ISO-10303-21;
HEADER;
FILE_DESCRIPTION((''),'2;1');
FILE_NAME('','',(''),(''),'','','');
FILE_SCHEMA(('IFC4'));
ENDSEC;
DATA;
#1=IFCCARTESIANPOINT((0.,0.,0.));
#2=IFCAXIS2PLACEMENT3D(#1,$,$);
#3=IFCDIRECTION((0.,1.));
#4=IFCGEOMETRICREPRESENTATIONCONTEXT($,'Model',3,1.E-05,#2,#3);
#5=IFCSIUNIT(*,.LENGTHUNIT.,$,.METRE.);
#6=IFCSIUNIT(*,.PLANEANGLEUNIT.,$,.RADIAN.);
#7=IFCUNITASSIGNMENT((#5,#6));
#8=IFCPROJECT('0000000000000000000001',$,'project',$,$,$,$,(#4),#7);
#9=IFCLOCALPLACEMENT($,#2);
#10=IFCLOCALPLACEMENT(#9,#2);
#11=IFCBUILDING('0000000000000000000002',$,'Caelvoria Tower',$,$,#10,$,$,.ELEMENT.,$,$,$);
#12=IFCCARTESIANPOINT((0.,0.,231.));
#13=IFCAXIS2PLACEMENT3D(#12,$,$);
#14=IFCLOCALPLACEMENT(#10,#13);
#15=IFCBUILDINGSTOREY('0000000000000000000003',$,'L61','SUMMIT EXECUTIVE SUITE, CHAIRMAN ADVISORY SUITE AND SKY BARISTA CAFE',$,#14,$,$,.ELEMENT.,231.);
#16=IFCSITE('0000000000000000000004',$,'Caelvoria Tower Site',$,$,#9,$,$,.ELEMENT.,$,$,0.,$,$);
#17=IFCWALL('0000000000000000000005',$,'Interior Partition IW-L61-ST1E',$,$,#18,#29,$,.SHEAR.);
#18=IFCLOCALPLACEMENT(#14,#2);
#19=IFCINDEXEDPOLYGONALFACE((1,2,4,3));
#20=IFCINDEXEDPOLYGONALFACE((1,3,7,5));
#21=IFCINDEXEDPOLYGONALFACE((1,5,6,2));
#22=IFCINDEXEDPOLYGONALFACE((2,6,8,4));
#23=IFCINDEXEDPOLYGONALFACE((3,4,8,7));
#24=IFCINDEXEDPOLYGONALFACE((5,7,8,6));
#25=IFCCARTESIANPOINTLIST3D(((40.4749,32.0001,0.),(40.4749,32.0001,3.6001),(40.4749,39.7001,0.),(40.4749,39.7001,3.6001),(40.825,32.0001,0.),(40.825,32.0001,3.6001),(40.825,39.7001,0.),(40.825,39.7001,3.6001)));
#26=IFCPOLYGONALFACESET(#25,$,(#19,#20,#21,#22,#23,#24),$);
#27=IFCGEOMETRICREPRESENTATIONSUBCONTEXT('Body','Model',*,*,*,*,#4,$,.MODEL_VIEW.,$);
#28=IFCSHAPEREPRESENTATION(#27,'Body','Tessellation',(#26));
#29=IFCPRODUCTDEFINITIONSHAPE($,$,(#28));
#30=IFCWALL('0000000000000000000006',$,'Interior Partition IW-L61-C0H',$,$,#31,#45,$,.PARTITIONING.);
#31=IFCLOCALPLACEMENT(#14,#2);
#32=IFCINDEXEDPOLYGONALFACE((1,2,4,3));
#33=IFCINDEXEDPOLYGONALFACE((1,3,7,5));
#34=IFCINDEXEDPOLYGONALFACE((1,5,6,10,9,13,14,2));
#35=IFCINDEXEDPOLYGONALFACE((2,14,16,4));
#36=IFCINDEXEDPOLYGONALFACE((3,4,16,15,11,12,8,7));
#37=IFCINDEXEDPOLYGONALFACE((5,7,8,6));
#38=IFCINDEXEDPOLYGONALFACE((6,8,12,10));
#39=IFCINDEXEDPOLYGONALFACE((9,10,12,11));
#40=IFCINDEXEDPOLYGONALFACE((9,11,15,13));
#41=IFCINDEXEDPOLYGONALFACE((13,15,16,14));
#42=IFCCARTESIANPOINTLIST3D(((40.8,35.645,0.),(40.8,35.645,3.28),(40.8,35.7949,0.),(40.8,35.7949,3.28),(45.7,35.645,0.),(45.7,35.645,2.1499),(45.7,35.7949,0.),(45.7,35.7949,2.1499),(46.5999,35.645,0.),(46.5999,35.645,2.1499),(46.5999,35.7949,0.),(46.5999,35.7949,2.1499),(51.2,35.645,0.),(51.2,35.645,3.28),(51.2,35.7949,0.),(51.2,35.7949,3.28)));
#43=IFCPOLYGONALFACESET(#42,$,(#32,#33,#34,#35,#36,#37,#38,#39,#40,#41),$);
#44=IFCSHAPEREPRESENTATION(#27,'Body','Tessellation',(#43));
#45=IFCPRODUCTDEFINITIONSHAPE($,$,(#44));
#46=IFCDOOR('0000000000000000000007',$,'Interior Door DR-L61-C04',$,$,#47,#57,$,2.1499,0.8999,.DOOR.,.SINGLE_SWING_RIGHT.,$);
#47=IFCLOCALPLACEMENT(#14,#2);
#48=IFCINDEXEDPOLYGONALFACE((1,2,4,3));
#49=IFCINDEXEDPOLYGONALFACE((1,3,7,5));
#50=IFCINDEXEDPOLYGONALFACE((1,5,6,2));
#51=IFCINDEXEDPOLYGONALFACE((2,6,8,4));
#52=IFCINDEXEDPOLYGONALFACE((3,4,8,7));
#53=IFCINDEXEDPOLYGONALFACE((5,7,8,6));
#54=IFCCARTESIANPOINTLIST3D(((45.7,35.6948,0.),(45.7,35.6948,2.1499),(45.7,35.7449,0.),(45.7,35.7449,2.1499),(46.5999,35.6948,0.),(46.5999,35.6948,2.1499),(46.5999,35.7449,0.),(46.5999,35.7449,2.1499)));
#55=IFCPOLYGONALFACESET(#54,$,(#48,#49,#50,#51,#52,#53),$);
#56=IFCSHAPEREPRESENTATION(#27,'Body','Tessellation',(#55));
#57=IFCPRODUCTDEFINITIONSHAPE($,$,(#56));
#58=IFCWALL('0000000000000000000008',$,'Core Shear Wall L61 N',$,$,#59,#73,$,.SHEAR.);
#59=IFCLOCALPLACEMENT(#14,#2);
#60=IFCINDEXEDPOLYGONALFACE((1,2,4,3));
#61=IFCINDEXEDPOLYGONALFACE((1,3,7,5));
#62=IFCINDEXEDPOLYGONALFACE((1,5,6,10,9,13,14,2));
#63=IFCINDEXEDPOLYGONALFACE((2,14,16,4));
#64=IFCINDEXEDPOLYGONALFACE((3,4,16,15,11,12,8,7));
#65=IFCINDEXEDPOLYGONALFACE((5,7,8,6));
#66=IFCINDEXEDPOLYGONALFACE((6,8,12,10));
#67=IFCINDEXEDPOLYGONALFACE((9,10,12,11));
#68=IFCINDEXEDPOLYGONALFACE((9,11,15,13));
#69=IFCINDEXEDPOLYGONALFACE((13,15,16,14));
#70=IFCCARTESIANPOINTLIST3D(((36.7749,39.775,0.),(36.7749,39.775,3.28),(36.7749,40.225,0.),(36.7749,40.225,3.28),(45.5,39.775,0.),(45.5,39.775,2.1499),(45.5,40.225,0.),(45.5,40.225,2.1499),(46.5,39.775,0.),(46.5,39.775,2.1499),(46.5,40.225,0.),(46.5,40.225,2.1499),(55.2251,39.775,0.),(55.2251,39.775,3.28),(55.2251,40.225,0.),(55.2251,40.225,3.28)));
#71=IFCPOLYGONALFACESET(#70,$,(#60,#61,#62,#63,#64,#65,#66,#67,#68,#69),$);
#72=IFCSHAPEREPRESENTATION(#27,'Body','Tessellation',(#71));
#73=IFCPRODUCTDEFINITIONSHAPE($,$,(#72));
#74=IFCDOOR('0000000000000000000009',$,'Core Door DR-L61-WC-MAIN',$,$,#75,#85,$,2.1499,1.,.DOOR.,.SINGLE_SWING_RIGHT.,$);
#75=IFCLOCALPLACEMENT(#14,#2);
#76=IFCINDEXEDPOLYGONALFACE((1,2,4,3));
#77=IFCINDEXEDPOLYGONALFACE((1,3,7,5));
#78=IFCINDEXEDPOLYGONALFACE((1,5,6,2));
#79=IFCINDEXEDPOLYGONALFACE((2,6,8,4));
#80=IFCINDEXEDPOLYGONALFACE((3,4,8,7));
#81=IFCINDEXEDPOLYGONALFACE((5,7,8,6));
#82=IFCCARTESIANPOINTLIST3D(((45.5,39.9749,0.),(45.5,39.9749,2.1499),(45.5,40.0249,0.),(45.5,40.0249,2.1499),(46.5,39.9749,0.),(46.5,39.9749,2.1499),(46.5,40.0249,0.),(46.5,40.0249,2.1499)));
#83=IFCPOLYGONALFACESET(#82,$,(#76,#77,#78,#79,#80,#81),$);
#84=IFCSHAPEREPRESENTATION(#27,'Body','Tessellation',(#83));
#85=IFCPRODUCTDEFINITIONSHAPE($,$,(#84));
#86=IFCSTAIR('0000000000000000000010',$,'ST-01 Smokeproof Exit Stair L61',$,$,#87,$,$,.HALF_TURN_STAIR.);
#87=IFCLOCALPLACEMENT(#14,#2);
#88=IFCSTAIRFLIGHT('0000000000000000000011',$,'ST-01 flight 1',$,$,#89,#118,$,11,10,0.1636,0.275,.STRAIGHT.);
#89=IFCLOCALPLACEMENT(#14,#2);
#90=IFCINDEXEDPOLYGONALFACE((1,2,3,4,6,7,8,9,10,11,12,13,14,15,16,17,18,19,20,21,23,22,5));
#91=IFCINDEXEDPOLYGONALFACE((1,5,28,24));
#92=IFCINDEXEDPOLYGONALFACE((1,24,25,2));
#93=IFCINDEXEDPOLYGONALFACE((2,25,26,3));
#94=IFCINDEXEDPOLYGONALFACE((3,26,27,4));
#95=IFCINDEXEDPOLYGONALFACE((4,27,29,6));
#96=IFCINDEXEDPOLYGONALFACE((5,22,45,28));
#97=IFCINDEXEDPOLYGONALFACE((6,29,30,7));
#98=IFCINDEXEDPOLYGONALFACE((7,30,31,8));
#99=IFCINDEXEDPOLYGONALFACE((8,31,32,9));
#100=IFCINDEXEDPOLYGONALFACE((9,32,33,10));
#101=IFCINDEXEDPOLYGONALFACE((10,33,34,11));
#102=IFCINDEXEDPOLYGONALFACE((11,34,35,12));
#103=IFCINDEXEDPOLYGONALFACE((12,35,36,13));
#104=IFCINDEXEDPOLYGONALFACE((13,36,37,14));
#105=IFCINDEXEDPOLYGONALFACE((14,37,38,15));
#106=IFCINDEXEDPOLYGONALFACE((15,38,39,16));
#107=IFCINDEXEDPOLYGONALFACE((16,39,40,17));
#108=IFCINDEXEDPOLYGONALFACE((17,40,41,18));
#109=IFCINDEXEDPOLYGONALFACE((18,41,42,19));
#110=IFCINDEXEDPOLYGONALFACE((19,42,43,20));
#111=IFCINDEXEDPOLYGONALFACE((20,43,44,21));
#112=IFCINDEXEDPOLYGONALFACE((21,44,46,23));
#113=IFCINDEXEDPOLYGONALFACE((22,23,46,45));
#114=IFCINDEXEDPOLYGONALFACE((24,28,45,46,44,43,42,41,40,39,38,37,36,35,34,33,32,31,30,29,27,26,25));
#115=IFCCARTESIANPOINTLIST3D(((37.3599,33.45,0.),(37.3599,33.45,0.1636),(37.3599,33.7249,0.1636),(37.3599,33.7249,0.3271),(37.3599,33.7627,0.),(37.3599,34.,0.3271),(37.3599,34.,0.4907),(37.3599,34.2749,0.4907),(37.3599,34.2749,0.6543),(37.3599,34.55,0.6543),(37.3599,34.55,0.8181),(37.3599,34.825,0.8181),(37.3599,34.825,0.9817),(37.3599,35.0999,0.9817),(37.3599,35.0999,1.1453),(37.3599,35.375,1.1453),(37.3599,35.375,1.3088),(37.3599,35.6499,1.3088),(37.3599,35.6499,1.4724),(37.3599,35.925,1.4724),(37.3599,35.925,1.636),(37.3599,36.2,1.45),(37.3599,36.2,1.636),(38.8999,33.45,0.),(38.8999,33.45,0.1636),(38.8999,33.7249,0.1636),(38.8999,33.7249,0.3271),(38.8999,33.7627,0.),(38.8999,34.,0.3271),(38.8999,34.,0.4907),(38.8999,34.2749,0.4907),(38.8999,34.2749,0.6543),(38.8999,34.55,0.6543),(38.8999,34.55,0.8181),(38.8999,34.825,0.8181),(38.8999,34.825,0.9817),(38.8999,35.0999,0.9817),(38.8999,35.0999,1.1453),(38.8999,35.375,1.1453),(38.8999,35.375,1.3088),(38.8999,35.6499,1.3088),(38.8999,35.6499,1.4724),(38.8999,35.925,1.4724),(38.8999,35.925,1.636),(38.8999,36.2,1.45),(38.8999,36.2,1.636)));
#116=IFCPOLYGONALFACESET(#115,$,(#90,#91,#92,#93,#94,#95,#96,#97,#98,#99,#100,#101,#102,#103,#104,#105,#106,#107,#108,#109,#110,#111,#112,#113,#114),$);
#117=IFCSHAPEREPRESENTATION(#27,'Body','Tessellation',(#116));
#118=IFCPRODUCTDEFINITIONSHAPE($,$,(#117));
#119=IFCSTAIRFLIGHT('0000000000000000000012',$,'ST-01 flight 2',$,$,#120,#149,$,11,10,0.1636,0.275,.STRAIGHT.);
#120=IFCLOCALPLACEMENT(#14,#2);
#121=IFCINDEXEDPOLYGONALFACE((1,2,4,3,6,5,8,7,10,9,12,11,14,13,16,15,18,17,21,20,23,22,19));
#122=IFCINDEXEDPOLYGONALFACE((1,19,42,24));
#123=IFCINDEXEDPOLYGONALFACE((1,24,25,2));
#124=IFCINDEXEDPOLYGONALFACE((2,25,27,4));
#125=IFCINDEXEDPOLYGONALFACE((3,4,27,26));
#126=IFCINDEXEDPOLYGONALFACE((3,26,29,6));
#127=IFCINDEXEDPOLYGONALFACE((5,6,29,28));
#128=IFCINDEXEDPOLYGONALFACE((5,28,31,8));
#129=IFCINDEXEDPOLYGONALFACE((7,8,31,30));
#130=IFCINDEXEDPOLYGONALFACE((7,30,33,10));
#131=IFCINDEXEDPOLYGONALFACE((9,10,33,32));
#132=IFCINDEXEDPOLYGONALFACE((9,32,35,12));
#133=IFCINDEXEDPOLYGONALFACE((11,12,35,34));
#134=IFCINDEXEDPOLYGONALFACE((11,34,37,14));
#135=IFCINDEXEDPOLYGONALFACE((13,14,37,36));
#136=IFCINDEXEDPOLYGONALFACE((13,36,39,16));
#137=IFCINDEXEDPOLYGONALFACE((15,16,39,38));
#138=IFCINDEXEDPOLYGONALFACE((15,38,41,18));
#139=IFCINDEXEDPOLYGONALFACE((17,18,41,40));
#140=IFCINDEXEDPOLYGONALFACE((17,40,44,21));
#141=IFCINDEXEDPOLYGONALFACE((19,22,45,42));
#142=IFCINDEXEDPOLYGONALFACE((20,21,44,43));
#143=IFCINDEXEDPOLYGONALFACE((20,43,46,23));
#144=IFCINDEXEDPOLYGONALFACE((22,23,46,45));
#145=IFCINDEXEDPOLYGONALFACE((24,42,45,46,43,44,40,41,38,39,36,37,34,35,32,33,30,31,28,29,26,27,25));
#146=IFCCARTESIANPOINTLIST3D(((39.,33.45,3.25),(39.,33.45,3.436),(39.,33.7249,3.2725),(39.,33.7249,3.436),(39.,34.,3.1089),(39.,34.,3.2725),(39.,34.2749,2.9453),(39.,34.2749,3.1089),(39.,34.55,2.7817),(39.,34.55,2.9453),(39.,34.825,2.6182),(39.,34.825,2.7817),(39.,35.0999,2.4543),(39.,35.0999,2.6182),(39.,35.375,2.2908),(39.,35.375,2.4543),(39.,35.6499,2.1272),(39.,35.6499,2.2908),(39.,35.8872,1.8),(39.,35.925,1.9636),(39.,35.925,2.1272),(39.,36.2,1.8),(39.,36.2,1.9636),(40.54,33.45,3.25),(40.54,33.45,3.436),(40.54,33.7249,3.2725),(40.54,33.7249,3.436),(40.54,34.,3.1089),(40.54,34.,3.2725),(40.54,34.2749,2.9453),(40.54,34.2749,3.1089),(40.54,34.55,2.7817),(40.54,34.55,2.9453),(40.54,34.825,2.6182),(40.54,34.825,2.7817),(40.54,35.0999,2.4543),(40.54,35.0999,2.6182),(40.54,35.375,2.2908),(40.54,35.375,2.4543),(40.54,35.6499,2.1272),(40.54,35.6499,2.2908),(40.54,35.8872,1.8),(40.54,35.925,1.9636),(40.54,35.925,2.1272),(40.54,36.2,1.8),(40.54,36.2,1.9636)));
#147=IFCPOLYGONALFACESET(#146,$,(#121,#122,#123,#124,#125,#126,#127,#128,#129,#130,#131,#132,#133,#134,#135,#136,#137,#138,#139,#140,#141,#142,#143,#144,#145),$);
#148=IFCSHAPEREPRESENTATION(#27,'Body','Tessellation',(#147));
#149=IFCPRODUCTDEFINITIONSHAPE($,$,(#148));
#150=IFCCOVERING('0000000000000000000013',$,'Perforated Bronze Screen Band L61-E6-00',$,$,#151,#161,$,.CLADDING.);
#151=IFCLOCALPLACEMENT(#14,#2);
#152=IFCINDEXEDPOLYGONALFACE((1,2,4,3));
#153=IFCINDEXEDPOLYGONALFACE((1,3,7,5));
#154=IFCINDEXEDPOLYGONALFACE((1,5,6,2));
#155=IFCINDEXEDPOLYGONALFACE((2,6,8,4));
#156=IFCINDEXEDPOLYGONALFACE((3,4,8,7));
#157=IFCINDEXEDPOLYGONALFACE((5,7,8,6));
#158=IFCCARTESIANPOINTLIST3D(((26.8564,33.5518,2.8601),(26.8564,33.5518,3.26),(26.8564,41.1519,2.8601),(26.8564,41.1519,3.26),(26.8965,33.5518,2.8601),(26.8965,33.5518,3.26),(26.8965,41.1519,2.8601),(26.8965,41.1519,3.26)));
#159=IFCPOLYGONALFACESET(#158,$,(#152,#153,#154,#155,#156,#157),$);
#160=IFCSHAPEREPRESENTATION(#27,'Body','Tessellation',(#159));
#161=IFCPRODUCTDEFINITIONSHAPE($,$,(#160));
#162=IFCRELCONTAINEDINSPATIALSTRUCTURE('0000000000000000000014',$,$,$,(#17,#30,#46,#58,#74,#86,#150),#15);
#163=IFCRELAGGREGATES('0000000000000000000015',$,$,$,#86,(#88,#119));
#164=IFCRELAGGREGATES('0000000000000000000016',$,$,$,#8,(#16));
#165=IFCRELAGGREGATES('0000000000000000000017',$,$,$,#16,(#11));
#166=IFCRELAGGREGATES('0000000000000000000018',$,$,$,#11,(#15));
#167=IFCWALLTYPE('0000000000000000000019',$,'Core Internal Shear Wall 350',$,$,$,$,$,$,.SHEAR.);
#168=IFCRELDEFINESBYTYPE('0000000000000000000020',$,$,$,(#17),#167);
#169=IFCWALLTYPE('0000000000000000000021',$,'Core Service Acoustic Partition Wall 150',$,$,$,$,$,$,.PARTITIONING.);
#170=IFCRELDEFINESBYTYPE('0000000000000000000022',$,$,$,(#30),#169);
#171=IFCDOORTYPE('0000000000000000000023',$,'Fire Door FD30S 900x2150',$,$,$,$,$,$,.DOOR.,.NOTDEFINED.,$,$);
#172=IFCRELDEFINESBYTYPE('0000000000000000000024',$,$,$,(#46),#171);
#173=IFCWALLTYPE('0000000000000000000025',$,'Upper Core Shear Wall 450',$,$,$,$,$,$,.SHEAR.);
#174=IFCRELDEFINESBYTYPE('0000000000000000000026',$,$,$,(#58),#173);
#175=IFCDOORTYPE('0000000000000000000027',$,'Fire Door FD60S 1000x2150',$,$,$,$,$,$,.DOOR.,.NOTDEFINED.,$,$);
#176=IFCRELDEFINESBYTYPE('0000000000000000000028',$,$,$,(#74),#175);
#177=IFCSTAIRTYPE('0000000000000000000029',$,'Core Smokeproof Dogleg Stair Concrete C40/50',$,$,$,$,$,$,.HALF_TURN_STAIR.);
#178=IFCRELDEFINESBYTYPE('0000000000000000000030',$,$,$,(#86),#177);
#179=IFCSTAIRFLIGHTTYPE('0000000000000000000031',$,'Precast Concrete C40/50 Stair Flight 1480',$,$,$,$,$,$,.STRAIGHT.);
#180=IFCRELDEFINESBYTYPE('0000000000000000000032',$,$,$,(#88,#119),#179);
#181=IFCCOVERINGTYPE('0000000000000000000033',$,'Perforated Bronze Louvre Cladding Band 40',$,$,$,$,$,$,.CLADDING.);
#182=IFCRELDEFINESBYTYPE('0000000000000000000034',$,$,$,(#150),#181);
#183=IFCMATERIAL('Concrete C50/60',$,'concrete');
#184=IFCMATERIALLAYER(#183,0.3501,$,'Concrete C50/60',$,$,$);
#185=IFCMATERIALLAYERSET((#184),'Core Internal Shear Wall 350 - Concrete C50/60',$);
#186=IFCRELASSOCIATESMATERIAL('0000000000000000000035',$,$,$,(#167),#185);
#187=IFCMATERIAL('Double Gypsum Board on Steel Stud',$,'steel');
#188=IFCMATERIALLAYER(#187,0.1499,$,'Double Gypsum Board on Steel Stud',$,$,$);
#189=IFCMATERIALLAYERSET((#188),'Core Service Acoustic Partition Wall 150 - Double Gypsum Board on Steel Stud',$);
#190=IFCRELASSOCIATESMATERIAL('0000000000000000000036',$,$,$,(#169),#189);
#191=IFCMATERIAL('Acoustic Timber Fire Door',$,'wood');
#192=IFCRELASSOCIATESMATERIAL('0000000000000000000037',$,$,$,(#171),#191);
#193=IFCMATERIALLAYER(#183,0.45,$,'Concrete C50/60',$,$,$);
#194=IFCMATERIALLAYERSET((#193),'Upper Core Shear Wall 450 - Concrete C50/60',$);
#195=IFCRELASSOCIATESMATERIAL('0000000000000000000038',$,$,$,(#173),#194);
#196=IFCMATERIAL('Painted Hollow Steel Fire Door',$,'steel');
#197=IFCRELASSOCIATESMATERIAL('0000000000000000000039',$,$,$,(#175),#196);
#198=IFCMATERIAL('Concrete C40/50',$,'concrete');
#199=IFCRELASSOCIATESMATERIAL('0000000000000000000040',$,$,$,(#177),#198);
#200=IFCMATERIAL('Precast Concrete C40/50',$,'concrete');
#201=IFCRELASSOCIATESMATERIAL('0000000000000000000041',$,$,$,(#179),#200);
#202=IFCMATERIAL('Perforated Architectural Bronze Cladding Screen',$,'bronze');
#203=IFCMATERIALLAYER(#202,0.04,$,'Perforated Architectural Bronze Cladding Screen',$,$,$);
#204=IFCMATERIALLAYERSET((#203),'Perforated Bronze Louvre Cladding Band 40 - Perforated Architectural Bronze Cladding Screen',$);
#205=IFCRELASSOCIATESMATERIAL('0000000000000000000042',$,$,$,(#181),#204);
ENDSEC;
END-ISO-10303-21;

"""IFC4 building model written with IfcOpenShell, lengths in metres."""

from ifc_helpers import new_model, si_unit, direction, frame, frame_2d, origin, origin_2d, place, context, subcontext, project, spatial, polyline, rectangle, outline, extrude, material, layer, layer_set, type_object, element, fill, aggregate, save


model = new_model("IFC4")

# Units and contexts
model_context = context("Model", 3, precision=1e-05, world=origin(), true_north=direction((0.0, 1.0)))
body_context = subcontext(model_context, "Body", "Model", "MODEL_VIEW")
ifc_project = project(units=[si_unit("LENGTHUNIT", "METRE"), si_unit("PLANEANGLEUNIT", "RADIAN")], contexts=[model_context])

# Site, building, storey
site_placement = place(None, origin())
site = spatial("IfcSite", under=ifc_project, at=site_placement, Name="Caelvoria Tower Site", CompositionType="ELEMENT", RefElevation=0.0)
building_placement = place(site_placement, origin())
building = spatial("IfcBuilding", under=site, at=building_placement, Name="Caelvoria Tower", CompositionType="ELEMENT")
storey_placement = place(building_placement, frame((0.0, 0.0, 231.0)))
storey = spatial("IfcBuildingStorey", under=building, at=storey_placement, Name="L61", Description="SUMMIT EXECUTIVE SUITE, CHAIRMAN ADVISORY SUITE AND SKY BARISTA CAFE", CompositionType="ELEMENT", Elevation=231.0)

# Wall
ifc_material_1 = material(Name="Concrete C50/60", Category="concrete")
ifc_layer_1 = layer(ifc_material_1, 0.3501, Name="Concrete C50/60")
ifc_layer_set_1 = layer_set([ifc_layer_1], Name="Core Internal Shear Wall 350 - Concrete C50/60")
wall_type_1 = type_object("IfcWallType", Name="Core Internal Shear Wall 350", PredefinedType="SHEAR", material=ifc_layer_set_1)
wall_1_placement = place(storey_placement, frame((40.6499, 32.0, 0.0), z_axis=(0.0, 0.0, 1.0), x_axis=(0.0, 1.0, 0.0)))
element("IfcWall", 1, at=wall_1_placement, inside=storey, type_object=wall_type_1, Name="Interior Partition IW-L61-ST1E", PredefinedType="SHEAR", context=body_context, shape_type="SweptSolid", body=[
    extrude(rectangle(XDim=7.7, YDim=0.3501, at=frame_2d((3.8501, 0.0))), origin(), (0.0, 0.0, 1.0), 3.6001),
])

# Walls, openings, doors
ifc_material_2 = material(Name="Double Gypsum Board on Steel Stud", Category="steel")
ifc_layer_2 = layer(ifc_material_2, 0.1499, Name="Double Gypsum Board on Steel Stud")
ifc_layer_set_2 = layer_set([ifc_layer_2], Name="Core Service Acoustic Partition Wall 150 - Double Gypsum Board on Steel Stud")
wall_type_2 = type_object("IfcWallType", Name="Core Service Acoustic Partition Wall 150", PredefinedType="PARTITIONING", material=ifc_layer_set_2)
wall_2_placement = place(storey_placement, frame((40.8, 35.72, 0.0), z_axis=(0.0, 0.0, 1.0), x_axis=(1.0, 0.0, 0.0)))
wall_2 = element("IfcWall", 2, at=wall_2_placement, inside=storey, type_object=wall_type_2, Name="Interior Partition IW-L61-C0H", PredefinedType="PARTITIONING", context=body_context, shape_type="SweptSolid", body=[
    extrude(rectangle(XDim=10.3999, YDim=0.1499, at=frame_2d((5.2, 0.0))), origin(), (0.0, 0.0, 1.0), 3.28),
])
opening_1_placement = place(wall_2_placement, frame((4.8999, 0.0, 0.0)))
opening_1 = element("IfcOpeningElement", 3, at=opening_1_placement, cuts=wall_2, PredefinedType="OPENING", context=body_context, shape_type="SweptSolid", body=[
    extrude(rectangle(XDim=0.8999, YDim=2.1499, at=frame_2d((0.45, 1.075))), frame((0.0, 0.085, 0.0), z_axis=(0.0, -1.0, 0.0), x_axis=(1.0, 0.0, 0.0)), (0.0, 0.0, 1.0), 0.1699),
])
ifc_material_3 = material(Name="Acoustic Timber Fire Door", Category="wood")
door_type_1 = type_object("IfcDoorType", Name="Fire Door FD30S 900x2150", OperationType="NOTDEFINED", PredefinedType="DOOR", material=ifc_material_3)
door_1_placement = place(opening_1_placement, origin())
door_1 = element("IfcDoor", 4, at=door_1_placement, inside=storey, type_object=door_type_1, Name="Interior Door DR-L61-C04", OperationType="SINGLE_SWING_RIGHT", OverallHeight=2.1499, OverallWidth=0.8999, PredefinedType="DOOR", context=body_context, shape_type="SweptSolid", body=[
    extrude(rectangle(XDim=0.8999, YDim=2.1499, at=frame_2d((0.45, 1.075))), frame((0.0, 0.0249, 0.0), z_axis=(0.0, -1.0, 0.0), x_axis=(1.0, 0.0, 0.0)), (0.0, 0.0, 1.0), 0.05),
])
fill(opening_1, door_1)
ifc_layer_3 = layer(ifc_material_1, 0.45, Name="Concrete C50/60")
ifc_layer_set_3 = layer_set([ifc_layer_3], Name="Upper Core Shear Wall 450 - Concrete C50/60")
wall_type_3 = type_object("IfcWallType", Name="Upper Core Shear Wall 450", PredefinedType="SHEAR", material=ifc_layer_set_3)
wall_3_placement = place(storey_placement, frame((36.7749, 40.0, 0.0), z_axis=(0.0, 0.0, 1.0), x_axis=(1.0, 0.0, 0.0)))
wall_3 = element("IfcWall", 5, at=wall_3_placement, inside=storey, type_object=wall_type_3, Name="Core Shear Wall L61 N", PredefinedType="SHEAR", context=body_context, shape_type="SweptSolid", body=[
    extrude(rectangle(XDim=18.4502, YDim=0.45, at=frame_2d((9.2251, 0.0))), origin(), (0.0, 0.0, 1.0), 3.28),
])
opening_2_placement = place(wall_3_placement, frame((8.7251, 0.0, 0.0)))
opening_2 = element("IfcOpeningElement", 6, at=opening_2_placement, cuts=wall_3, PredefinedType="OPENING", context=body_context, shape_type="SweptSolid", body=[
    extrude(rectangle(XDim=1.0, YDim=2.1499, at=frame_2d((0.5, 1.075))), frame((0.0, 0.2349, 0.0), z_axis=(0.0, -1.0, 0.0), x_axis=(1.0, 0.0, 0.0)), (0.0, 0.0, 1.0), 0.47),
])
ifc_material_4 = material(Name="Painted Hollow Steel Fire Door", Category="steel")
door_type_2 = type_object("IfcDoorType", Name="Fire Door FD60S 1000x2150", OperationType="NOTDEFINED", PredefinedType="DOOR", material=ifc_material_4)
door_2_placement = place(opening_2_placement, origin())
door_2 = element("IfcDoor", 7, at=door_2_placement, inside=storey, type_object=door_type_2, Name="Core Door DR-L61-WC-MAIN", OperationType="SINGLE_SWING_RIGHT", OverallHeight=2.1499, OverallWidth=1.0, PredefinedType="DOOR", context=body_context, shape_type="SweptSolid", body=[
    extrude(rectangle(XDim=1.0, YDim=2.1499, at=frame_2d((0.5, 1.075))), frame((0.0, 0.0249, 0.0), z_axis=(0.0, -1.0, 0.0), x_axis=(1.0, 0.0, 0.0)), (0.0, 0.0, 1.0), 0.05),
])
fill(opening_2, door_2)

# Stair, stair flights
ifc_material_5 = material(Name="Concrete C40/50", Category="concrete")
stair_type = type_object("IfcStairType", Name="Core Smokeproof Dogleg Stair Concrete C40/50", PredefinedType="HALF_TURN_STAIR", material=ifc_material_5)
stair_placement = place(storey_placement, origin())
stair = element("IfcStair", 8, at=stair_placement, inside=storey, type_object=stair_type, Name="ST-01 Smokeproof Exit Stair L61", PredefinedType="HALF_TURN_STAIR")
ifc_material_6 = material(Name="Precast Concrete C40/50", Category="concrete")
stair_flight_type = type_object("IfcStairFlightType", Name="Precast Concrete C40/50 Stair Flight 1480", PredefinedType="STRAIGHT", material=ifc_material_6)
stair_flight_1_placement = place(storey_placement, frame((38.1299, 33.45, 0.0), z_axis=(0.0, 0.0, 1.0), x_axis=(0.0, 1.0, 0.0)))
stair_flight_1 = element("IfcStairFlight", 9, at=stair_flight_1_placement, type_object=stair_flight_type, Name="ST-01 flight 1", NumberOfRisers=11, NumberOfTreads=10, PredefinedType="STRAIGHT", RiserHeight=0.1636, TreadLength=0.275, context=body_context, shape_type="SweptSolid", body=[
    extrude(outline(polyline([(0.0, 0.0), (0.0, 0.1636), (0.2749, 0.1636), (0.2749, 0.3271), (0.55, 0.3271), (0.55, 0.4907), (0.825, 0.4907), (0.825, 0.6543), (1.1001, 0.6543), (1.1001, 0.8181), (1.375, 0.8181), (1.375, 0.9817), (1.6499, 0.9817), (1.6499, 1.1453), (1.925, 1.1453), (1.925, 1.3088), (2.2, 1.3088), (2.2, 1.4724), (2.4751, 1.4724), (2.4751, 1.636), (2.75, 1.636), (2.75, 1.7996), (2.75, 1.45), (0.3127, 0.0), (0.0, 0.0)])), frame((0.0, 0.77, 0.0), z_axis=(0.0, -1.0, 0.0), x_axis=(1.0, 0.0, 0.0)), (0.0, 0.0, 1.0), 1.54),
])
stair_flight_2_placement = place(storey_placement, frame((39.77, 36.2, 1.8), z_axis=(0.0, 0.0, 1.0), x_axis=(0.0, -1.0, 0.0)))
stair_flight_2 = element("IfcStairFlight", 10, at=stair_flight_2_placement, type_object=stair_flight_type, Name="ST-01 flight 2", NumberOfRisers=11, NumberOfTreads=10, PredefinedType="STRAIGHT", RiserHeight=0.1636, TreadLength=0.275, context=body_context, shape_type="SweptSolid", body=[
    extrude(outline(polyline([(0.0, 0.0), (0.0, 0.1636), (0.2749, 0.1636), (0.2749, 0.3271), (0.55, 0.3271), (0.55, 0.4907), (0.825, 0.4907), (0.825, 0.6543), (1.1001, 0.6543), (1.1001, 0.8181), (1.375, 0.8181), (1.375, 0.9817), (1.6499, 0.9817), (1.6499, 1.1453), (1.925, 1.1453), (1.925, 1.3088), (2.2, 1.3088), (2.2, 1.4724), (2.4751, 1.4724), (2.4751, 1.636), (2.75, 1.636), (2.75, 1.7996), (2.75, 1.45), (0.3127, 0.0), (0.0, 0.0)])), frame((0.0, 0.77, 0.0), z_axis=(0.0, -1.0, 0.0), x_axis=(1.0, 0.0, 0.0)), (0.0, 0.0, 1.0), 1.54),
])
aggregate(stair, [stair_flight_1, stair_flight_2])

# Covering
ifc_material_7 = material(Name="Perforated Architectural Bronze Cladding Screen", Category="bronze")
ifc_layer_4 = layer(ifc_material_7, 0.04, Name="Perforated Architectural Bronze Cladding Screen")
ifc_layer_set_4 = layer_set([ifc_layer_4], Name="Perforated Bronze Louvre Cladding Band 40 - Perforated Architectural Bronze Cladding Screen")
covering_type = type_object("IfcCoveringType", Name="Perforated Bronze Louvre Cladding Band 40", PredefinedType="CLADDING", material=ifc_layer_set_4)
covering_placement = place(storey_placement, frame((26.8765, 37.3518, 2.8601), z_axis=(0.0, 0.0, 1.0), x_axis=(0.0, -1.0, 0.0)))
element("IfcCovering", 11, at=covering_placement, inside=storey, type_object=covering_type, Name="Perforated Bronze Screen Band L61-E6-00", PredefinedType="CLADDING", context=body_context, shape_type="SweptSolid", body=[
    extrude(rectangle(XDim=7.6001, YDim=0.04, at=origin_2d()), origin(), (0.0, 0.0, 1.0), 0.3999),
])

save(model, "model.ifc")
